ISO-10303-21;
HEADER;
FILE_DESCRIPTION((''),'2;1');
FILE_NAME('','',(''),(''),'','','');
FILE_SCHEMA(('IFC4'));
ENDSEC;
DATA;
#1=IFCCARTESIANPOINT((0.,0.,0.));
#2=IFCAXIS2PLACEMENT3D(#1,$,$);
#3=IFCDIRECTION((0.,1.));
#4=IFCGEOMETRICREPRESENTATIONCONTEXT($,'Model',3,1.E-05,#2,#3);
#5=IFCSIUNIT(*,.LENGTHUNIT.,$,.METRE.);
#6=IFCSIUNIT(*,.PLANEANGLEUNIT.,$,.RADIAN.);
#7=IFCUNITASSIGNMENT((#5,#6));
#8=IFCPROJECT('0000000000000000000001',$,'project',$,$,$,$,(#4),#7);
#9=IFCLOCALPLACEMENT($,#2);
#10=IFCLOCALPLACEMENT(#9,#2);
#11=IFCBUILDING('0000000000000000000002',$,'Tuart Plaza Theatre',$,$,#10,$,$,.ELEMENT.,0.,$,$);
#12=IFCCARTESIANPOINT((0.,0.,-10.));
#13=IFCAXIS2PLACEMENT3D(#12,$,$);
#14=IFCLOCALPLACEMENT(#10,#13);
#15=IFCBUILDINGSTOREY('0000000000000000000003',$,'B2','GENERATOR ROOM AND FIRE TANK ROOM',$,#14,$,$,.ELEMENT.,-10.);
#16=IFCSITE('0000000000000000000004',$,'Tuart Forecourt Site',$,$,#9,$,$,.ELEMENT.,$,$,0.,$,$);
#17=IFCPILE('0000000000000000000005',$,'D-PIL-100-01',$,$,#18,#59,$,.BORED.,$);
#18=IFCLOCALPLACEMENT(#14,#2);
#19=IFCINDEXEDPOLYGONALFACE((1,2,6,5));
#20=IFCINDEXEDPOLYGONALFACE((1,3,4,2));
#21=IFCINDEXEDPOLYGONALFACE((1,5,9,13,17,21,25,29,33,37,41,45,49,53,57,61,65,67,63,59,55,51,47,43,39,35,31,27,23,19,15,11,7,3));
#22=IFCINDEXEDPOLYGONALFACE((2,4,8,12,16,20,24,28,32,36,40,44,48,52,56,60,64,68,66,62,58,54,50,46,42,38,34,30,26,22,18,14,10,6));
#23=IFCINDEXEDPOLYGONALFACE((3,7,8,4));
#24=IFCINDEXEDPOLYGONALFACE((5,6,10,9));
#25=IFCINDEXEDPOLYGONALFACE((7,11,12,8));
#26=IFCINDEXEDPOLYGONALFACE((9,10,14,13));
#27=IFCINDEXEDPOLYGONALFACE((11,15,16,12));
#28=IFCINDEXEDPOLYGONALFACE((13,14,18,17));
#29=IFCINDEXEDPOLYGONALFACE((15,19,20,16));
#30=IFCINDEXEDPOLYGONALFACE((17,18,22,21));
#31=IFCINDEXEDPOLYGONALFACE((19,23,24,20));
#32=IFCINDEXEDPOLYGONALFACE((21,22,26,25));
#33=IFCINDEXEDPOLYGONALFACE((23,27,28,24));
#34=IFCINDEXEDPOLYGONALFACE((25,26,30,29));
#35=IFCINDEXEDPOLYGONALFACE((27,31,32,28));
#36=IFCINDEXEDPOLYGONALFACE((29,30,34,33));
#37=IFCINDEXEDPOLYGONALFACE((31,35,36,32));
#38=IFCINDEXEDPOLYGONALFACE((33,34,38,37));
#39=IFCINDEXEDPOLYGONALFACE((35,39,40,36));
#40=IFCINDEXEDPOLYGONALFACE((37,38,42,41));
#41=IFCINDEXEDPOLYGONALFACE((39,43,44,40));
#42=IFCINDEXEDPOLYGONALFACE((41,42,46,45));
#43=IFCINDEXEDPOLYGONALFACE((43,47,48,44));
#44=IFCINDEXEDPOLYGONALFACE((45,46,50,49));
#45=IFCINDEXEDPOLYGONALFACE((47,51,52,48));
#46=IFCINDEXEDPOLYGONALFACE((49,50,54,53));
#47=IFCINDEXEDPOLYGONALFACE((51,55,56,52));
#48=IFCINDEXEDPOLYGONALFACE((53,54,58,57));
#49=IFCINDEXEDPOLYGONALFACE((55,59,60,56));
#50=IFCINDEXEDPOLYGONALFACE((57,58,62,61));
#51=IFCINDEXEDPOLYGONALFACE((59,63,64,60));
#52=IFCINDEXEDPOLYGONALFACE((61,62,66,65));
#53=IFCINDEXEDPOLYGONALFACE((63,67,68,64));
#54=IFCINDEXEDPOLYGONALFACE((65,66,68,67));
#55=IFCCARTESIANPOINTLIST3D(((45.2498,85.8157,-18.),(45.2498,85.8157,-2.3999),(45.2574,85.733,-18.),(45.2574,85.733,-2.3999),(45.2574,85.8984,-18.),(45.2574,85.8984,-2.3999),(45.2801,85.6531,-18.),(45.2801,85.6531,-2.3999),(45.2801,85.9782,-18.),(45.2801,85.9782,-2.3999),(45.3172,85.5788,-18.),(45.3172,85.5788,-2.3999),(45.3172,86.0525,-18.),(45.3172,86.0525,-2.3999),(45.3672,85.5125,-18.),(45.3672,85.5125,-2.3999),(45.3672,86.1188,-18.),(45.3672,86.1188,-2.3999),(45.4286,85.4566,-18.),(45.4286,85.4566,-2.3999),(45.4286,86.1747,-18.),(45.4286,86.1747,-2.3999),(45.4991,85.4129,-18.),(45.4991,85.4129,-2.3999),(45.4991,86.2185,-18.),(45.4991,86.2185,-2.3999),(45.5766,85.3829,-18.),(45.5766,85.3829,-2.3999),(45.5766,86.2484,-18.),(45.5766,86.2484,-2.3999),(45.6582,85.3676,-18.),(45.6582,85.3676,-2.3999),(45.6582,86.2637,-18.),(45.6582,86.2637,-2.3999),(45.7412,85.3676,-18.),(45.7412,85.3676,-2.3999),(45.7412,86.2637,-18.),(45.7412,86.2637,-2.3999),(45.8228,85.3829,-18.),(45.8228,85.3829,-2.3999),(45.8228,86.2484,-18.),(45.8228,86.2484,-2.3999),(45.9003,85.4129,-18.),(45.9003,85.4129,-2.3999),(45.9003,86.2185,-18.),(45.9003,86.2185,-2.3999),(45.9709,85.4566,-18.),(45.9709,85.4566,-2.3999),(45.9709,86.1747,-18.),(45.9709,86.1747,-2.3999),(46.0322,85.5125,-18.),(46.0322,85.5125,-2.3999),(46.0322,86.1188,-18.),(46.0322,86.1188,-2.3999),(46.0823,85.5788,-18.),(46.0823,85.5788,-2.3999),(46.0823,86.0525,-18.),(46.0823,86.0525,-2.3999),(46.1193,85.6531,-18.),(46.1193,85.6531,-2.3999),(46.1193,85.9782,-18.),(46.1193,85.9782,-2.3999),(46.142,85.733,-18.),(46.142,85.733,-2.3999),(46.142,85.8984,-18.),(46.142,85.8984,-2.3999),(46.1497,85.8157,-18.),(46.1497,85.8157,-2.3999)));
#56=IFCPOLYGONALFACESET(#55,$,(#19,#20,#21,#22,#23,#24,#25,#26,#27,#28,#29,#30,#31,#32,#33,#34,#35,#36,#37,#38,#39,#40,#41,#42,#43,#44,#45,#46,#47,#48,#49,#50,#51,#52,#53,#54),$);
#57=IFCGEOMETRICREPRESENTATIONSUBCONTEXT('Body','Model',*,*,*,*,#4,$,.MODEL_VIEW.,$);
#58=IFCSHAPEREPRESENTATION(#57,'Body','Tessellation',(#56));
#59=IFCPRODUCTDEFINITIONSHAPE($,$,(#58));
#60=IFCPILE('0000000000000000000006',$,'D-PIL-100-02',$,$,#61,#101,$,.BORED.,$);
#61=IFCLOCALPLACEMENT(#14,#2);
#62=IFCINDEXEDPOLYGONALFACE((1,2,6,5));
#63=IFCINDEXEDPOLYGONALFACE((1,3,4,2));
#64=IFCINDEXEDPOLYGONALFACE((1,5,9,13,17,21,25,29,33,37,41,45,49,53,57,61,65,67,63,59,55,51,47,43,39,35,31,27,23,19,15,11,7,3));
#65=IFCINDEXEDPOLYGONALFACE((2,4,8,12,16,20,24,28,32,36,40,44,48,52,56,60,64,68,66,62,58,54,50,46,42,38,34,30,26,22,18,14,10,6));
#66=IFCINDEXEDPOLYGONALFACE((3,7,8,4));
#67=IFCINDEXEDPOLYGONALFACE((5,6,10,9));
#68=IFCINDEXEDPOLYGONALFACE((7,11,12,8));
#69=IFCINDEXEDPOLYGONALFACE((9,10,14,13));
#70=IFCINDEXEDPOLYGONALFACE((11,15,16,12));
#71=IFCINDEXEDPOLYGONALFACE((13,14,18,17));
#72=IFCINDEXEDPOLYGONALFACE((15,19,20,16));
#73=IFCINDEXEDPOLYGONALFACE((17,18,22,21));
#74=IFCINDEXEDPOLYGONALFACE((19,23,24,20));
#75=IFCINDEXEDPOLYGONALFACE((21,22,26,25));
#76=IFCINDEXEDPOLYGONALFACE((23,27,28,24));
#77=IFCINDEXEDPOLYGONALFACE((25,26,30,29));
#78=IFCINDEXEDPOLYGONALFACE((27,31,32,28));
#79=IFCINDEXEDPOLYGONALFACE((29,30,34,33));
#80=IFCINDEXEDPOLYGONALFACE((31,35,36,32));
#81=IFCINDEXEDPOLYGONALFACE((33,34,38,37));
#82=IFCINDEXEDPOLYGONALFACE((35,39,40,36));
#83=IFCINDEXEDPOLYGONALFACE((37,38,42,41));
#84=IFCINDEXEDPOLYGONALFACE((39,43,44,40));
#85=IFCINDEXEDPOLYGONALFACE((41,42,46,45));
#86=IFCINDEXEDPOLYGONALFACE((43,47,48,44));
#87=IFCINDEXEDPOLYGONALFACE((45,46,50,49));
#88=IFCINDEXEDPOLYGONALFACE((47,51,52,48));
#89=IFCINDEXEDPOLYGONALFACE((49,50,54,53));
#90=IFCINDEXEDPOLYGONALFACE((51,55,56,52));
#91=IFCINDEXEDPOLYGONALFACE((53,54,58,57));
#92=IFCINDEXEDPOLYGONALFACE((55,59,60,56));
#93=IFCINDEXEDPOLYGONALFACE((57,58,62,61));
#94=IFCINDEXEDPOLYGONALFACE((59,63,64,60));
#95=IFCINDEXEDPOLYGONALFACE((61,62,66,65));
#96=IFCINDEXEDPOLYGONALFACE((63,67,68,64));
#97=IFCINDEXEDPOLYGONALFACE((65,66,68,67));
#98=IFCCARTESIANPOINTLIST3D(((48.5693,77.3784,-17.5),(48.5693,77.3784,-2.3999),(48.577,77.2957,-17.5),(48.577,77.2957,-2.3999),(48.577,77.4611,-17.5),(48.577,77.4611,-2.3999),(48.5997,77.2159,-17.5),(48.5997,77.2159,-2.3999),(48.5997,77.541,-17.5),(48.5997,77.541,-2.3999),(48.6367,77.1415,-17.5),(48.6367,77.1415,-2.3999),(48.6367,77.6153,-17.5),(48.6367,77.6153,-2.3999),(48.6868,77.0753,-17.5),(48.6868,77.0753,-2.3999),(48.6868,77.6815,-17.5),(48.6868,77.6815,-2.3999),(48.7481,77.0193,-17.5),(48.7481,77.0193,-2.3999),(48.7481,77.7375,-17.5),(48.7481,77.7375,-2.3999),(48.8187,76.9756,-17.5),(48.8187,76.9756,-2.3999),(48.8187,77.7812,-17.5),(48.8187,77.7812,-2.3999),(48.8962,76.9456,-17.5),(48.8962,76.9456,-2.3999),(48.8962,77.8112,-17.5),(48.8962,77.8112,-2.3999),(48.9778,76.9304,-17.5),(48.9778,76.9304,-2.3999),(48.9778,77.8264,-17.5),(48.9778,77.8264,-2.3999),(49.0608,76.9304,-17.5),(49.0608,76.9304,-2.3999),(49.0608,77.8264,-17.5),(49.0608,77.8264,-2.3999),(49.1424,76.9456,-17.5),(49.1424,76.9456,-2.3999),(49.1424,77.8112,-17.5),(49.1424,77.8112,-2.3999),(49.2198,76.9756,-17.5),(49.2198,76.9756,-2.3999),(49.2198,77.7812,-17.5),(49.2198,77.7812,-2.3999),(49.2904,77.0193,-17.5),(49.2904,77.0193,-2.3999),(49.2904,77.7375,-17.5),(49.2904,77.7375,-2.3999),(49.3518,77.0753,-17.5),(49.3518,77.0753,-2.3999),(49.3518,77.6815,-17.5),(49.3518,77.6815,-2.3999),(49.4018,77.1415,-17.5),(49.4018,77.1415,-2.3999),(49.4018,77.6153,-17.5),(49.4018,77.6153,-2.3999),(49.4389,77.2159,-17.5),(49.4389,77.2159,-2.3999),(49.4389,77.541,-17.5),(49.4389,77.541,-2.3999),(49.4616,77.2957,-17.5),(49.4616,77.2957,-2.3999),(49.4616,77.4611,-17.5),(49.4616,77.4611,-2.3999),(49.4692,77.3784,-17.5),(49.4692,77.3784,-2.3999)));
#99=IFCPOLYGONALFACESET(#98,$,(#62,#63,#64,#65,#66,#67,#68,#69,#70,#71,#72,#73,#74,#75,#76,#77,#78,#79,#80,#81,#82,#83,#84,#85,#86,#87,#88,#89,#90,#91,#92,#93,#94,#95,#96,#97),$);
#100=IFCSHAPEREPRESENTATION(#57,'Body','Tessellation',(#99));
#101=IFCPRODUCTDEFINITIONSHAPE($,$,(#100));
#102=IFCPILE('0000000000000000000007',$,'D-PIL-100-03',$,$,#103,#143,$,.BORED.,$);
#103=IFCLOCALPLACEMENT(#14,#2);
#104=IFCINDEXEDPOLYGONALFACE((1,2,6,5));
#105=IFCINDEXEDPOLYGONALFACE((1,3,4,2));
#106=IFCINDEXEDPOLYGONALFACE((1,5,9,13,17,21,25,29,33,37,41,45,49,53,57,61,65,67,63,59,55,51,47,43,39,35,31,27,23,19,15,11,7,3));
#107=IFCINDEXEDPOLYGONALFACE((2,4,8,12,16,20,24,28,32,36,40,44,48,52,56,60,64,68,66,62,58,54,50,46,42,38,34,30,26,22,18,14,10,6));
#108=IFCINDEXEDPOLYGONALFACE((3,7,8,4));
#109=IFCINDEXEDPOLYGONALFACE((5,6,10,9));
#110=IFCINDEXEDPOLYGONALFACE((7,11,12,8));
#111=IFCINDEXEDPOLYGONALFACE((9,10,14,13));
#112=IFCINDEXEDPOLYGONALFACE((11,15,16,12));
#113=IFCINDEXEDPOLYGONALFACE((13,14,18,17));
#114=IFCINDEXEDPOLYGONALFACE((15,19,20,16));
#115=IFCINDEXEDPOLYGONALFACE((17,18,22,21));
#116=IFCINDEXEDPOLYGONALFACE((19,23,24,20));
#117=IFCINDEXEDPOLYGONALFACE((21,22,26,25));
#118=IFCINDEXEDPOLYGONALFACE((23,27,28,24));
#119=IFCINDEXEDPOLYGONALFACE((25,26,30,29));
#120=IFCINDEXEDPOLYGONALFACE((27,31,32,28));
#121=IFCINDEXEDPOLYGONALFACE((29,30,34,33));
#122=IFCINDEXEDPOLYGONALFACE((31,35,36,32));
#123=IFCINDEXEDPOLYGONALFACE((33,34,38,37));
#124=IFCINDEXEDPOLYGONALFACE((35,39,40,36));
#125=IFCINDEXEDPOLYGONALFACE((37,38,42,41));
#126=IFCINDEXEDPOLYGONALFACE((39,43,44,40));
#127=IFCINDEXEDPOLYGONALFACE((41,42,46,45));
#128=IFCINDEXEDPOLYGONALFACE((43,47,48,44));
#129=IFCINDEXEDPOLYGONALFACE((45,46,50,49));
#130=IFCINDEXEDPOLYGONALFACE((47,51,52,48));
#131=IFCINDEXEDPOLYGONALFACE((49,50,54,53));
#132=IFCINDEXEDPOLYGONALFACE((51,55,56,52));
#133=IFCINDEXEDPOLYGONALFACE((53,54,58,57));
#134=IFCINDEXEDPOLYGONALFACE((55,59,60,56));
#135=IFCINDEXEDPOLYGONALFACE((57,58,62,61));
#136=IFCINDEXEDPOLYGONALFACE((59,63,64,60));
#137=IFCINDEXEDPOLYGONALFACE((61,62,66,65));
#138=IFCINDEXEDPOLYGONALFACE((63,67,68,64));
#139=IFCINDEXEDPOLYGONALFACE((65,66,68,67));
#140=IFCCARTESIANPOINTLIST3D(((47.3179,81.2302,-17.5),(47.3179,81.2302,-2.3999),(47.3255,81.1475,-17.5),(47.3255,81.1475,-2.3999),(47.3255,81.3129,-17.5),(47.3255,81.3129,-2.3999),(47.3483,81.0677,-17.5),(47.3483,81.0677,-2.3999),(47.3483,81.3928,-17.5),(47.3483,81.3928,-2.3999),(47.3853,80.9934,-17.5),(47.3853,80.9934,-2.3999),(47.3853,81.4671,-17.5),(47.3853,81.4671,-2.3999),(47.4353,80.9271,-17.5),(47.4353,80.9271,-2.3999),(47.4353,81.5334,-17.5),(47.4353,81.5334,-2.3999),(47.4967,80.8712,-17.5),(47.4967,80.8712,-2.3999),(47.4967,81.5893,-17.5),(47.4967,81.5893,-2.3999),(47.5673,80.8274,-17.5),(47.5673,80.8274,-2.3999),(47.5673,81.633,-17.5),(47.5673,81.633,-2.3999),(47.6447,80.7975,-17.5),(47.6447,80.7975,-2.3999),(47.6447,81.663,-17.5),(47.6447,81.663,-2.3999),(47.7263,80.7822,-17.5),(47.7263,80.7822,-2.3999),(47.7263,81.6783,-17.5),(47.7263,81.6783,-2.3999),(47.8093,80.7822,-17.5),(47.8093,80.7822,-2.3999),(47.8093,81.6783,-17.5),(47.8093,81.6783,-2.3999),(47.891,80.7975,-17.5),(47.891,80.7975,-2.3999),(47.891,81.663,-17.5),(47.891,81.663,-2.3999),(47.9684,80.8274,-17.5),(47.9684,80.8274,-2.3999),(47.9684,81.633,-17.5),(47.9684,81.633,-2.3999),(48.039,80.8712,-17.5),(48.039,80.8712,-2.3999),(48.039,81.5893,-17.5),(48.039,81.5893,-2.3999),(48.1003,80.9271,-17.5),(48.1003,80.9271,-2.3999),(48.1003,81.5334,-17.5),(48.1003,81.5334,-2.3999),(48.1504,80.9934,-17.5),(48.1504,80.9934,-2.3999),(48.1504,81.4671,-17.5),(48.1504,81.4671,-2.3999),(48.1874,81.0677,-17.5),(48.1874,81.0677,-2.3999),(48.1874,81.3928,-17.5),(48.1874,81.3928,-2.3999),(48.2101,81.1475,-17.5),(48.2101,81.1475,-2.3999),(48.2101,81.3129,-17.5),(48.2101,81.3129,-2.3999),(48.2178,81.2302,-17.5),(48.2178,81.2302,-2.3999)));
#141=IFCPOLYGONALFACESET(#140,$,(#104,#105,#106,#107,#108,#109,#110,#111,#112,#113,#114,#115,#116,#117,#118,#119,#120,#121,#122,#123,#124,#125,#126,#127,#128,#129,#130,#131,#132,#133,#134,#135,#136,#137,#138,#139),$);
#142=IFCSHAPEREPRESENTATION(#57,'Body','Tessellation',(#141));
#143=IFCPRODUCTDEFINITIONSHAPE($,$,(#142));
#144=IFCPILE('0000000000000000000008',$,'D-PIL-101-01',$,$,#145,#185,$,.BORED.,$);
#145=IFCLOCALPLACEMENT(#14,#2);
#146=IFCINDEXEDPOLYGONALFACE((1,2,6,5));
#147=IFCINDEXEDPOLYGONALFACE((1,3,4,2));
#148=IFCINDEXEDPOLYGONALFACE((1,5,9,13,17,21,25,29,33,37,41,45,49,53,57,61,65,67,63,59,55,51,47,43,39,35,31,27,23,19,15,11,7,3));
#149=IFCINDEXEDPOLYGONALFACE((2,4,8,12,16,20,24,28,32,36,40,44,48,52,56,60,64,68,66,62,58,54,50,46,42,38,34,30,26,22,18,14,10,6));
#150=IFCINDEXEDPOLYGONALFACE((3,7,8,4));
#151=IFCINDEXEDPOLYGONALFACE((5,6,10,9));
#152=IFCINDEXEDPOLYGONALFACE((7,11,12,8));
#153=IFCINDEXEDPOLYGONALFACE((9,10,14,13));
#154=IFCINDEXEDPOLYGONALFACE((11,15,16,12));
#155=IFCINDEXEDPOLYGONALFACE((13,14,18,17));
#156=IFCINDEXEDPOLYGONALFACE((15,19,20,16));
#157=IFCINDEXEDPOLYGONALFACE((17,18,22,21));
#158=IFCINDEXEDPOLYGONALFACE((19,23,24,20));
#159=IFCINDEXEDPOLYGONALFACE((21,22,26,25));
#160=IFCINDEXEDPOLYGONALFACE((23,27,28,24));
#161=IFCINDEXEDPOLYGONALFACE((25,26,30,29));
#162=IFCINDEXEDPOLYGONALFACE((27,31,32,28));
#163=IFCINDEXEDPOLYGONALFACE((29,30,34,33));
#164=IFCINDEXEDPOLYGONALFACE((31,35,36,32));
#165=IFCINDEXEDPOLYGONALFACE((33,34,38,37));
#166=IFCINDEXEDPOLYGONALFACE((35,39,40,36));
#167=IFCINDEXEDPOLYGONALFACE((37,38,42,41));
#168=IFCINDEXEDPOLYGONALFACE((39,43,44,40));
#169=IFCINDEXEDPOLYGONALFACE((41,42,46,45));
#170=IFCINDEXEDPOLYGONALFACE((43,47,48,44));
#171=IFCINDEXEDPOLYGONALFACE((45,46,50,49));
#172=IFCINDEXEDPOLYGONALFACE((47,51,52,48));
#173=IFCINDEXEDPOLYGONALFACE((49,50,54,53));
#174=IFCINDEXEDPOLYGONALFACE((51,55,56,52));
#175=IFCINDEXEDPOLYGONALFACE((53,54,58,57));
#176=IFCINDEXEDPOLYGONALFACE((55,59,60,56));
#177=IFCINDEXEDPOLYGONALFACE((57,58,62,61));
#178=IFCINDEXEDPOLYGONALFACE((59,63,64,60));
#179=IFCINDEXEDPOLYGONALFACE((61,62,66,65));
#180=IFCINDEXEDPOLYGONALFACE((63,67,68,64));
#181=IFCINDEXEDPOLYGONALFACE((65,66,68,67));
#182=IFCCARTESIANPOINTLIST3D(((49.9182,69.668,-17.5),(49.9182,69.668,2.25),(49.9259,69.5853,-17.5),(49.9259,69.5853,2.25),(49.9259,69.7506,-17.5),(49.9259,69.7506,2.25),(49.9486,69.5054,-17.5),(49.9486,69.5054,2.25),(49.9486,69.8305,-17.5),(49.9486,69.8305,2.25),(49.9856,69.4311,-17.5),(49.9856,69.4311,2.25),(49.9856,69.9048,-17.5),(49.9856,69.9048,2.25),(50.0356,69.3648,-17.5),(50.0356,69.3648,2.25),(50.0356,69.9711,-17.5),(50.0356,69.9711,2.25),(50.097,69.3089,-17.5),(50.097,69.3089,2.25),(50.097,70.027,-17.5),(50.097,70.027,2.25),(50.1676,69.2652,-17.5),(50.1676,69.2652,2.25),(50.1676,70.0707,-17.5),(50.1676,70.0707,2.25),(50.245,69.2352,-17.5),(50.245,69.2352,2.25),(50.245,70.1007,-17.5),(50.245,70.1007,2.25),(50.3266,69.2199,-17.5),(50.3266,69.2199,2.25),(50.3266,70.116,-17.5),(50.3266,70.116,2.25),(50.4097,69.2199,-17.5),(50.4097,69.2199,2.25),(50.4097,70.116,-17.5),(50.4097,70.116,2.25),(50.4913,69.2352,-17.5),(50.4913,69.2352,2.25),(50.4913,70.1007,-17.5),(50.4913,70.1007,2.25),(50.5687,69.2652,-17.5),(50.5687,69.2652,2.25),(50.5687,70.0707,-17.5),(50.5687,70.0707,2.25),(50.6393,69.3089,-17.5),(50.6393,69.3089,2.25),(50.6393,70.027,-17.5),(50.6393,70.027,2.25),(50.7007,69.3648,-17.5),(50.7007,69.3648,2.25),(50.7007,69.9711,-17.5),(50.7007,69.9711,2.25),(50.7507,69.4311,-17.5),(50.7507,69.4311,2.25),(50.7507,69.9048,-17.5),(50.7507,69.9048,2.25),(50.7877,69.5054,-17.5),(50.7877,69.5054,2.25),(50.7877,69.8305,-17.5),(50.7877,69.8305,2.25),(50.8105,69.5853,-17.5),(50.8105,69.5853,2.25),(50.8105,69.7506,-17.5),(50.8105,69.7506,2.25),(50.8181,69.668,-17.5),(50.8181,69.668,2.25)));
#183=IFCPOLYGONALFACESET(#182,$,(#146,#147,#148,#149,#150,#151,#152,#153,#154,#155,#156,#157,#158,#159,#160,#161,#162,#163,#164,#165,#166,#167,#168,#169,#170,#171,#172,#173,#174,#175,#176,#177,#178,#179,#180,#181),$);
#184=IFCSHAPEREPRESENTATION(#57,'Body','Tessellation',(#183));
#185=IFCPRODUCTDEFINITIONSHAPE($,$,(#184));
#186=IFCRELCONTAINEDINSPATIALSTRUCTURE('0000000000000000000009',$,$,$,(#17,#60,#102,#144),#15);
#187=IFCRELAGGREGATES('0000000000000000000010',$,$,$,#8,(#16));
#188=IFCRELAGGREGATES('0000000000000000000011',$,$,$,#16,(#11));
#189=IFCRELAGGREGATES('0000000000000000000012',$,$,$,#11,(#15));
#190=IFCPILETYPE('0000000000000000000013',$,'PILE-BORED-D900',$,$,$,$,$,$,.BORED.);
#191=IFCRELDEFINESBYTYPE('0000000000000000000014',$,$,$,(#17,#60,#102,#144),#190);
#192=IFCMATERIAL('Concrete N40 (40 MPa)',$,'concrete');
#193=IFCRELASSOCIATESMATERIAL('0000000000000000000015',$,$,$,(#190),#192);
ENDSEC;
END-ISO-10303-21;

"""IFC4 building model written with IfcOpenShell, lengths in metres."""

from ifc_helpers import new_model, si_unit, direction, frame, origin, origin_2d, place, context, subcontext, project, spatial, circle, extrude, material, material_profile, profile_set, type_object, element, save


model = new_model("IFC4")

# Units and contexts
model_context = context("Model", 3, precision=1e-05, world=origin(), true_north=direction((0.0, 1.0)))
body_context = subcontext(model_context, "Body", "Model", "MODEL_VIEW")
ifc_project = project(units=[si_unit("LENGTHUNIT", "METRE"), si_unit("PLANEANGLEUNIT", "RADIAN")], contexts=[model_context])

# Site, building, storey
site_placement = place(None, origin())
site = spatial("IfcSite", under=ifc_project, at=site_placement, Name="Tuart Forecourt Site", CompositionType="ELEMENT", RefElevation=0.0)
building_placement = place(site_placement, origin())
building = spatial("IfcBuilding", under=site, at=building_placement, Name="Tuart Plaza Theatre", CompositionType="ELEMENT", ElevationOfRefHeight=0.0)
storey_placement = place(building_placement, frame((0.0, 0.0, -10.0)))
storey = spatial("IfcBuildingStorey", under=building, at=storey_placement, Name="B2", Description="GENERATOR ROOM AND FIRE TANK ROOM", CompositionType="ELEMENT", Elevation=-10.0)

# Piles
ifc_material_1 = material(Name="Concrete N40 (40 MPa)", Category="concrete")
ifc_material_profile_1 = material_profile(ifc_material_1, circle(Radius=0.45, at=origin_2d()), Name="PILE-BORED-D900")
ifc_profile_set_1 = profile_set([ifc_material_profile_1], Name="Concrete N40 (40 MPa)")
pile_type_1 = type_object("IfcPileType", Name="PILE-BORED-D900", PredefinedType="BORED", material=ifc_profile_set_1)
pile_1_placement = place(storey_placement, frame((45.6997, 85.8157, -2.3999), z_axis=(0.0, 0.0, -1.0), x_axis=(1.0, 0.0, 0.0)))
element("IfcPile", 1, at=pile_1_placement, inside=storey, type_object=pile_type_1, Name="D-PIL-100-01", PredefinedType="BORED", context=body_context, shape_type="SweptSolid", body=[
    extrude(circle(Radius=0.45, at=origin_2d()), origin(), (0.0, 0.0, 1.0), 15.6001),
])
for number, where, z_axis, x_axis, name in (
    (2, (49.0193, 77.3784, -2.3999), (0.0, 0.0, -1.0), (1.0, 0.0, 0.0), "D-PIL-100-02"),
    (3, (47.7678, 81.2302, -2.3999), (0.0, 0.0, -1.0), (1.0, 0.0, 0.0), "D-PIL-100-03"),
):
    element("IfcPile", number, at=place(storey_placement, frame(where, z_axis=z_axis, x_axis=x_axis)), inside=storey, type_object=pile_type_1, Name=name, PredefinedType="BORED", context=body_context, shape_type="SweptSolid", body=[
        extrude(circle(Radius=0.45, at=origin_2d()), origin(), (0.0, 0.0, 1.0), 15.1001),
    ])
for number, where, z_axis, x_axis, name in (
    (4, (50.3682, 69.668, 2.25), (0.0, 0.0, -1.0), (1.0, 0.0, 0.0), "D-PIL-101-01"),
):
    element("IfcPile", number, at=place(storey_placement, frame(where, z_axis=z_axis, x_axis=x_axis)), inside=storey, type_object=pile_type_1, Name=name, PredefinedType="BORED", context=body_context, shape_type="SweptSolid", body=[
        extrude(circle(Radius=0.45, at=origin_2d()), origin(), (0.0, 0.0, 1.0), 19.75),
    ])

save(model, "model.ifc")
